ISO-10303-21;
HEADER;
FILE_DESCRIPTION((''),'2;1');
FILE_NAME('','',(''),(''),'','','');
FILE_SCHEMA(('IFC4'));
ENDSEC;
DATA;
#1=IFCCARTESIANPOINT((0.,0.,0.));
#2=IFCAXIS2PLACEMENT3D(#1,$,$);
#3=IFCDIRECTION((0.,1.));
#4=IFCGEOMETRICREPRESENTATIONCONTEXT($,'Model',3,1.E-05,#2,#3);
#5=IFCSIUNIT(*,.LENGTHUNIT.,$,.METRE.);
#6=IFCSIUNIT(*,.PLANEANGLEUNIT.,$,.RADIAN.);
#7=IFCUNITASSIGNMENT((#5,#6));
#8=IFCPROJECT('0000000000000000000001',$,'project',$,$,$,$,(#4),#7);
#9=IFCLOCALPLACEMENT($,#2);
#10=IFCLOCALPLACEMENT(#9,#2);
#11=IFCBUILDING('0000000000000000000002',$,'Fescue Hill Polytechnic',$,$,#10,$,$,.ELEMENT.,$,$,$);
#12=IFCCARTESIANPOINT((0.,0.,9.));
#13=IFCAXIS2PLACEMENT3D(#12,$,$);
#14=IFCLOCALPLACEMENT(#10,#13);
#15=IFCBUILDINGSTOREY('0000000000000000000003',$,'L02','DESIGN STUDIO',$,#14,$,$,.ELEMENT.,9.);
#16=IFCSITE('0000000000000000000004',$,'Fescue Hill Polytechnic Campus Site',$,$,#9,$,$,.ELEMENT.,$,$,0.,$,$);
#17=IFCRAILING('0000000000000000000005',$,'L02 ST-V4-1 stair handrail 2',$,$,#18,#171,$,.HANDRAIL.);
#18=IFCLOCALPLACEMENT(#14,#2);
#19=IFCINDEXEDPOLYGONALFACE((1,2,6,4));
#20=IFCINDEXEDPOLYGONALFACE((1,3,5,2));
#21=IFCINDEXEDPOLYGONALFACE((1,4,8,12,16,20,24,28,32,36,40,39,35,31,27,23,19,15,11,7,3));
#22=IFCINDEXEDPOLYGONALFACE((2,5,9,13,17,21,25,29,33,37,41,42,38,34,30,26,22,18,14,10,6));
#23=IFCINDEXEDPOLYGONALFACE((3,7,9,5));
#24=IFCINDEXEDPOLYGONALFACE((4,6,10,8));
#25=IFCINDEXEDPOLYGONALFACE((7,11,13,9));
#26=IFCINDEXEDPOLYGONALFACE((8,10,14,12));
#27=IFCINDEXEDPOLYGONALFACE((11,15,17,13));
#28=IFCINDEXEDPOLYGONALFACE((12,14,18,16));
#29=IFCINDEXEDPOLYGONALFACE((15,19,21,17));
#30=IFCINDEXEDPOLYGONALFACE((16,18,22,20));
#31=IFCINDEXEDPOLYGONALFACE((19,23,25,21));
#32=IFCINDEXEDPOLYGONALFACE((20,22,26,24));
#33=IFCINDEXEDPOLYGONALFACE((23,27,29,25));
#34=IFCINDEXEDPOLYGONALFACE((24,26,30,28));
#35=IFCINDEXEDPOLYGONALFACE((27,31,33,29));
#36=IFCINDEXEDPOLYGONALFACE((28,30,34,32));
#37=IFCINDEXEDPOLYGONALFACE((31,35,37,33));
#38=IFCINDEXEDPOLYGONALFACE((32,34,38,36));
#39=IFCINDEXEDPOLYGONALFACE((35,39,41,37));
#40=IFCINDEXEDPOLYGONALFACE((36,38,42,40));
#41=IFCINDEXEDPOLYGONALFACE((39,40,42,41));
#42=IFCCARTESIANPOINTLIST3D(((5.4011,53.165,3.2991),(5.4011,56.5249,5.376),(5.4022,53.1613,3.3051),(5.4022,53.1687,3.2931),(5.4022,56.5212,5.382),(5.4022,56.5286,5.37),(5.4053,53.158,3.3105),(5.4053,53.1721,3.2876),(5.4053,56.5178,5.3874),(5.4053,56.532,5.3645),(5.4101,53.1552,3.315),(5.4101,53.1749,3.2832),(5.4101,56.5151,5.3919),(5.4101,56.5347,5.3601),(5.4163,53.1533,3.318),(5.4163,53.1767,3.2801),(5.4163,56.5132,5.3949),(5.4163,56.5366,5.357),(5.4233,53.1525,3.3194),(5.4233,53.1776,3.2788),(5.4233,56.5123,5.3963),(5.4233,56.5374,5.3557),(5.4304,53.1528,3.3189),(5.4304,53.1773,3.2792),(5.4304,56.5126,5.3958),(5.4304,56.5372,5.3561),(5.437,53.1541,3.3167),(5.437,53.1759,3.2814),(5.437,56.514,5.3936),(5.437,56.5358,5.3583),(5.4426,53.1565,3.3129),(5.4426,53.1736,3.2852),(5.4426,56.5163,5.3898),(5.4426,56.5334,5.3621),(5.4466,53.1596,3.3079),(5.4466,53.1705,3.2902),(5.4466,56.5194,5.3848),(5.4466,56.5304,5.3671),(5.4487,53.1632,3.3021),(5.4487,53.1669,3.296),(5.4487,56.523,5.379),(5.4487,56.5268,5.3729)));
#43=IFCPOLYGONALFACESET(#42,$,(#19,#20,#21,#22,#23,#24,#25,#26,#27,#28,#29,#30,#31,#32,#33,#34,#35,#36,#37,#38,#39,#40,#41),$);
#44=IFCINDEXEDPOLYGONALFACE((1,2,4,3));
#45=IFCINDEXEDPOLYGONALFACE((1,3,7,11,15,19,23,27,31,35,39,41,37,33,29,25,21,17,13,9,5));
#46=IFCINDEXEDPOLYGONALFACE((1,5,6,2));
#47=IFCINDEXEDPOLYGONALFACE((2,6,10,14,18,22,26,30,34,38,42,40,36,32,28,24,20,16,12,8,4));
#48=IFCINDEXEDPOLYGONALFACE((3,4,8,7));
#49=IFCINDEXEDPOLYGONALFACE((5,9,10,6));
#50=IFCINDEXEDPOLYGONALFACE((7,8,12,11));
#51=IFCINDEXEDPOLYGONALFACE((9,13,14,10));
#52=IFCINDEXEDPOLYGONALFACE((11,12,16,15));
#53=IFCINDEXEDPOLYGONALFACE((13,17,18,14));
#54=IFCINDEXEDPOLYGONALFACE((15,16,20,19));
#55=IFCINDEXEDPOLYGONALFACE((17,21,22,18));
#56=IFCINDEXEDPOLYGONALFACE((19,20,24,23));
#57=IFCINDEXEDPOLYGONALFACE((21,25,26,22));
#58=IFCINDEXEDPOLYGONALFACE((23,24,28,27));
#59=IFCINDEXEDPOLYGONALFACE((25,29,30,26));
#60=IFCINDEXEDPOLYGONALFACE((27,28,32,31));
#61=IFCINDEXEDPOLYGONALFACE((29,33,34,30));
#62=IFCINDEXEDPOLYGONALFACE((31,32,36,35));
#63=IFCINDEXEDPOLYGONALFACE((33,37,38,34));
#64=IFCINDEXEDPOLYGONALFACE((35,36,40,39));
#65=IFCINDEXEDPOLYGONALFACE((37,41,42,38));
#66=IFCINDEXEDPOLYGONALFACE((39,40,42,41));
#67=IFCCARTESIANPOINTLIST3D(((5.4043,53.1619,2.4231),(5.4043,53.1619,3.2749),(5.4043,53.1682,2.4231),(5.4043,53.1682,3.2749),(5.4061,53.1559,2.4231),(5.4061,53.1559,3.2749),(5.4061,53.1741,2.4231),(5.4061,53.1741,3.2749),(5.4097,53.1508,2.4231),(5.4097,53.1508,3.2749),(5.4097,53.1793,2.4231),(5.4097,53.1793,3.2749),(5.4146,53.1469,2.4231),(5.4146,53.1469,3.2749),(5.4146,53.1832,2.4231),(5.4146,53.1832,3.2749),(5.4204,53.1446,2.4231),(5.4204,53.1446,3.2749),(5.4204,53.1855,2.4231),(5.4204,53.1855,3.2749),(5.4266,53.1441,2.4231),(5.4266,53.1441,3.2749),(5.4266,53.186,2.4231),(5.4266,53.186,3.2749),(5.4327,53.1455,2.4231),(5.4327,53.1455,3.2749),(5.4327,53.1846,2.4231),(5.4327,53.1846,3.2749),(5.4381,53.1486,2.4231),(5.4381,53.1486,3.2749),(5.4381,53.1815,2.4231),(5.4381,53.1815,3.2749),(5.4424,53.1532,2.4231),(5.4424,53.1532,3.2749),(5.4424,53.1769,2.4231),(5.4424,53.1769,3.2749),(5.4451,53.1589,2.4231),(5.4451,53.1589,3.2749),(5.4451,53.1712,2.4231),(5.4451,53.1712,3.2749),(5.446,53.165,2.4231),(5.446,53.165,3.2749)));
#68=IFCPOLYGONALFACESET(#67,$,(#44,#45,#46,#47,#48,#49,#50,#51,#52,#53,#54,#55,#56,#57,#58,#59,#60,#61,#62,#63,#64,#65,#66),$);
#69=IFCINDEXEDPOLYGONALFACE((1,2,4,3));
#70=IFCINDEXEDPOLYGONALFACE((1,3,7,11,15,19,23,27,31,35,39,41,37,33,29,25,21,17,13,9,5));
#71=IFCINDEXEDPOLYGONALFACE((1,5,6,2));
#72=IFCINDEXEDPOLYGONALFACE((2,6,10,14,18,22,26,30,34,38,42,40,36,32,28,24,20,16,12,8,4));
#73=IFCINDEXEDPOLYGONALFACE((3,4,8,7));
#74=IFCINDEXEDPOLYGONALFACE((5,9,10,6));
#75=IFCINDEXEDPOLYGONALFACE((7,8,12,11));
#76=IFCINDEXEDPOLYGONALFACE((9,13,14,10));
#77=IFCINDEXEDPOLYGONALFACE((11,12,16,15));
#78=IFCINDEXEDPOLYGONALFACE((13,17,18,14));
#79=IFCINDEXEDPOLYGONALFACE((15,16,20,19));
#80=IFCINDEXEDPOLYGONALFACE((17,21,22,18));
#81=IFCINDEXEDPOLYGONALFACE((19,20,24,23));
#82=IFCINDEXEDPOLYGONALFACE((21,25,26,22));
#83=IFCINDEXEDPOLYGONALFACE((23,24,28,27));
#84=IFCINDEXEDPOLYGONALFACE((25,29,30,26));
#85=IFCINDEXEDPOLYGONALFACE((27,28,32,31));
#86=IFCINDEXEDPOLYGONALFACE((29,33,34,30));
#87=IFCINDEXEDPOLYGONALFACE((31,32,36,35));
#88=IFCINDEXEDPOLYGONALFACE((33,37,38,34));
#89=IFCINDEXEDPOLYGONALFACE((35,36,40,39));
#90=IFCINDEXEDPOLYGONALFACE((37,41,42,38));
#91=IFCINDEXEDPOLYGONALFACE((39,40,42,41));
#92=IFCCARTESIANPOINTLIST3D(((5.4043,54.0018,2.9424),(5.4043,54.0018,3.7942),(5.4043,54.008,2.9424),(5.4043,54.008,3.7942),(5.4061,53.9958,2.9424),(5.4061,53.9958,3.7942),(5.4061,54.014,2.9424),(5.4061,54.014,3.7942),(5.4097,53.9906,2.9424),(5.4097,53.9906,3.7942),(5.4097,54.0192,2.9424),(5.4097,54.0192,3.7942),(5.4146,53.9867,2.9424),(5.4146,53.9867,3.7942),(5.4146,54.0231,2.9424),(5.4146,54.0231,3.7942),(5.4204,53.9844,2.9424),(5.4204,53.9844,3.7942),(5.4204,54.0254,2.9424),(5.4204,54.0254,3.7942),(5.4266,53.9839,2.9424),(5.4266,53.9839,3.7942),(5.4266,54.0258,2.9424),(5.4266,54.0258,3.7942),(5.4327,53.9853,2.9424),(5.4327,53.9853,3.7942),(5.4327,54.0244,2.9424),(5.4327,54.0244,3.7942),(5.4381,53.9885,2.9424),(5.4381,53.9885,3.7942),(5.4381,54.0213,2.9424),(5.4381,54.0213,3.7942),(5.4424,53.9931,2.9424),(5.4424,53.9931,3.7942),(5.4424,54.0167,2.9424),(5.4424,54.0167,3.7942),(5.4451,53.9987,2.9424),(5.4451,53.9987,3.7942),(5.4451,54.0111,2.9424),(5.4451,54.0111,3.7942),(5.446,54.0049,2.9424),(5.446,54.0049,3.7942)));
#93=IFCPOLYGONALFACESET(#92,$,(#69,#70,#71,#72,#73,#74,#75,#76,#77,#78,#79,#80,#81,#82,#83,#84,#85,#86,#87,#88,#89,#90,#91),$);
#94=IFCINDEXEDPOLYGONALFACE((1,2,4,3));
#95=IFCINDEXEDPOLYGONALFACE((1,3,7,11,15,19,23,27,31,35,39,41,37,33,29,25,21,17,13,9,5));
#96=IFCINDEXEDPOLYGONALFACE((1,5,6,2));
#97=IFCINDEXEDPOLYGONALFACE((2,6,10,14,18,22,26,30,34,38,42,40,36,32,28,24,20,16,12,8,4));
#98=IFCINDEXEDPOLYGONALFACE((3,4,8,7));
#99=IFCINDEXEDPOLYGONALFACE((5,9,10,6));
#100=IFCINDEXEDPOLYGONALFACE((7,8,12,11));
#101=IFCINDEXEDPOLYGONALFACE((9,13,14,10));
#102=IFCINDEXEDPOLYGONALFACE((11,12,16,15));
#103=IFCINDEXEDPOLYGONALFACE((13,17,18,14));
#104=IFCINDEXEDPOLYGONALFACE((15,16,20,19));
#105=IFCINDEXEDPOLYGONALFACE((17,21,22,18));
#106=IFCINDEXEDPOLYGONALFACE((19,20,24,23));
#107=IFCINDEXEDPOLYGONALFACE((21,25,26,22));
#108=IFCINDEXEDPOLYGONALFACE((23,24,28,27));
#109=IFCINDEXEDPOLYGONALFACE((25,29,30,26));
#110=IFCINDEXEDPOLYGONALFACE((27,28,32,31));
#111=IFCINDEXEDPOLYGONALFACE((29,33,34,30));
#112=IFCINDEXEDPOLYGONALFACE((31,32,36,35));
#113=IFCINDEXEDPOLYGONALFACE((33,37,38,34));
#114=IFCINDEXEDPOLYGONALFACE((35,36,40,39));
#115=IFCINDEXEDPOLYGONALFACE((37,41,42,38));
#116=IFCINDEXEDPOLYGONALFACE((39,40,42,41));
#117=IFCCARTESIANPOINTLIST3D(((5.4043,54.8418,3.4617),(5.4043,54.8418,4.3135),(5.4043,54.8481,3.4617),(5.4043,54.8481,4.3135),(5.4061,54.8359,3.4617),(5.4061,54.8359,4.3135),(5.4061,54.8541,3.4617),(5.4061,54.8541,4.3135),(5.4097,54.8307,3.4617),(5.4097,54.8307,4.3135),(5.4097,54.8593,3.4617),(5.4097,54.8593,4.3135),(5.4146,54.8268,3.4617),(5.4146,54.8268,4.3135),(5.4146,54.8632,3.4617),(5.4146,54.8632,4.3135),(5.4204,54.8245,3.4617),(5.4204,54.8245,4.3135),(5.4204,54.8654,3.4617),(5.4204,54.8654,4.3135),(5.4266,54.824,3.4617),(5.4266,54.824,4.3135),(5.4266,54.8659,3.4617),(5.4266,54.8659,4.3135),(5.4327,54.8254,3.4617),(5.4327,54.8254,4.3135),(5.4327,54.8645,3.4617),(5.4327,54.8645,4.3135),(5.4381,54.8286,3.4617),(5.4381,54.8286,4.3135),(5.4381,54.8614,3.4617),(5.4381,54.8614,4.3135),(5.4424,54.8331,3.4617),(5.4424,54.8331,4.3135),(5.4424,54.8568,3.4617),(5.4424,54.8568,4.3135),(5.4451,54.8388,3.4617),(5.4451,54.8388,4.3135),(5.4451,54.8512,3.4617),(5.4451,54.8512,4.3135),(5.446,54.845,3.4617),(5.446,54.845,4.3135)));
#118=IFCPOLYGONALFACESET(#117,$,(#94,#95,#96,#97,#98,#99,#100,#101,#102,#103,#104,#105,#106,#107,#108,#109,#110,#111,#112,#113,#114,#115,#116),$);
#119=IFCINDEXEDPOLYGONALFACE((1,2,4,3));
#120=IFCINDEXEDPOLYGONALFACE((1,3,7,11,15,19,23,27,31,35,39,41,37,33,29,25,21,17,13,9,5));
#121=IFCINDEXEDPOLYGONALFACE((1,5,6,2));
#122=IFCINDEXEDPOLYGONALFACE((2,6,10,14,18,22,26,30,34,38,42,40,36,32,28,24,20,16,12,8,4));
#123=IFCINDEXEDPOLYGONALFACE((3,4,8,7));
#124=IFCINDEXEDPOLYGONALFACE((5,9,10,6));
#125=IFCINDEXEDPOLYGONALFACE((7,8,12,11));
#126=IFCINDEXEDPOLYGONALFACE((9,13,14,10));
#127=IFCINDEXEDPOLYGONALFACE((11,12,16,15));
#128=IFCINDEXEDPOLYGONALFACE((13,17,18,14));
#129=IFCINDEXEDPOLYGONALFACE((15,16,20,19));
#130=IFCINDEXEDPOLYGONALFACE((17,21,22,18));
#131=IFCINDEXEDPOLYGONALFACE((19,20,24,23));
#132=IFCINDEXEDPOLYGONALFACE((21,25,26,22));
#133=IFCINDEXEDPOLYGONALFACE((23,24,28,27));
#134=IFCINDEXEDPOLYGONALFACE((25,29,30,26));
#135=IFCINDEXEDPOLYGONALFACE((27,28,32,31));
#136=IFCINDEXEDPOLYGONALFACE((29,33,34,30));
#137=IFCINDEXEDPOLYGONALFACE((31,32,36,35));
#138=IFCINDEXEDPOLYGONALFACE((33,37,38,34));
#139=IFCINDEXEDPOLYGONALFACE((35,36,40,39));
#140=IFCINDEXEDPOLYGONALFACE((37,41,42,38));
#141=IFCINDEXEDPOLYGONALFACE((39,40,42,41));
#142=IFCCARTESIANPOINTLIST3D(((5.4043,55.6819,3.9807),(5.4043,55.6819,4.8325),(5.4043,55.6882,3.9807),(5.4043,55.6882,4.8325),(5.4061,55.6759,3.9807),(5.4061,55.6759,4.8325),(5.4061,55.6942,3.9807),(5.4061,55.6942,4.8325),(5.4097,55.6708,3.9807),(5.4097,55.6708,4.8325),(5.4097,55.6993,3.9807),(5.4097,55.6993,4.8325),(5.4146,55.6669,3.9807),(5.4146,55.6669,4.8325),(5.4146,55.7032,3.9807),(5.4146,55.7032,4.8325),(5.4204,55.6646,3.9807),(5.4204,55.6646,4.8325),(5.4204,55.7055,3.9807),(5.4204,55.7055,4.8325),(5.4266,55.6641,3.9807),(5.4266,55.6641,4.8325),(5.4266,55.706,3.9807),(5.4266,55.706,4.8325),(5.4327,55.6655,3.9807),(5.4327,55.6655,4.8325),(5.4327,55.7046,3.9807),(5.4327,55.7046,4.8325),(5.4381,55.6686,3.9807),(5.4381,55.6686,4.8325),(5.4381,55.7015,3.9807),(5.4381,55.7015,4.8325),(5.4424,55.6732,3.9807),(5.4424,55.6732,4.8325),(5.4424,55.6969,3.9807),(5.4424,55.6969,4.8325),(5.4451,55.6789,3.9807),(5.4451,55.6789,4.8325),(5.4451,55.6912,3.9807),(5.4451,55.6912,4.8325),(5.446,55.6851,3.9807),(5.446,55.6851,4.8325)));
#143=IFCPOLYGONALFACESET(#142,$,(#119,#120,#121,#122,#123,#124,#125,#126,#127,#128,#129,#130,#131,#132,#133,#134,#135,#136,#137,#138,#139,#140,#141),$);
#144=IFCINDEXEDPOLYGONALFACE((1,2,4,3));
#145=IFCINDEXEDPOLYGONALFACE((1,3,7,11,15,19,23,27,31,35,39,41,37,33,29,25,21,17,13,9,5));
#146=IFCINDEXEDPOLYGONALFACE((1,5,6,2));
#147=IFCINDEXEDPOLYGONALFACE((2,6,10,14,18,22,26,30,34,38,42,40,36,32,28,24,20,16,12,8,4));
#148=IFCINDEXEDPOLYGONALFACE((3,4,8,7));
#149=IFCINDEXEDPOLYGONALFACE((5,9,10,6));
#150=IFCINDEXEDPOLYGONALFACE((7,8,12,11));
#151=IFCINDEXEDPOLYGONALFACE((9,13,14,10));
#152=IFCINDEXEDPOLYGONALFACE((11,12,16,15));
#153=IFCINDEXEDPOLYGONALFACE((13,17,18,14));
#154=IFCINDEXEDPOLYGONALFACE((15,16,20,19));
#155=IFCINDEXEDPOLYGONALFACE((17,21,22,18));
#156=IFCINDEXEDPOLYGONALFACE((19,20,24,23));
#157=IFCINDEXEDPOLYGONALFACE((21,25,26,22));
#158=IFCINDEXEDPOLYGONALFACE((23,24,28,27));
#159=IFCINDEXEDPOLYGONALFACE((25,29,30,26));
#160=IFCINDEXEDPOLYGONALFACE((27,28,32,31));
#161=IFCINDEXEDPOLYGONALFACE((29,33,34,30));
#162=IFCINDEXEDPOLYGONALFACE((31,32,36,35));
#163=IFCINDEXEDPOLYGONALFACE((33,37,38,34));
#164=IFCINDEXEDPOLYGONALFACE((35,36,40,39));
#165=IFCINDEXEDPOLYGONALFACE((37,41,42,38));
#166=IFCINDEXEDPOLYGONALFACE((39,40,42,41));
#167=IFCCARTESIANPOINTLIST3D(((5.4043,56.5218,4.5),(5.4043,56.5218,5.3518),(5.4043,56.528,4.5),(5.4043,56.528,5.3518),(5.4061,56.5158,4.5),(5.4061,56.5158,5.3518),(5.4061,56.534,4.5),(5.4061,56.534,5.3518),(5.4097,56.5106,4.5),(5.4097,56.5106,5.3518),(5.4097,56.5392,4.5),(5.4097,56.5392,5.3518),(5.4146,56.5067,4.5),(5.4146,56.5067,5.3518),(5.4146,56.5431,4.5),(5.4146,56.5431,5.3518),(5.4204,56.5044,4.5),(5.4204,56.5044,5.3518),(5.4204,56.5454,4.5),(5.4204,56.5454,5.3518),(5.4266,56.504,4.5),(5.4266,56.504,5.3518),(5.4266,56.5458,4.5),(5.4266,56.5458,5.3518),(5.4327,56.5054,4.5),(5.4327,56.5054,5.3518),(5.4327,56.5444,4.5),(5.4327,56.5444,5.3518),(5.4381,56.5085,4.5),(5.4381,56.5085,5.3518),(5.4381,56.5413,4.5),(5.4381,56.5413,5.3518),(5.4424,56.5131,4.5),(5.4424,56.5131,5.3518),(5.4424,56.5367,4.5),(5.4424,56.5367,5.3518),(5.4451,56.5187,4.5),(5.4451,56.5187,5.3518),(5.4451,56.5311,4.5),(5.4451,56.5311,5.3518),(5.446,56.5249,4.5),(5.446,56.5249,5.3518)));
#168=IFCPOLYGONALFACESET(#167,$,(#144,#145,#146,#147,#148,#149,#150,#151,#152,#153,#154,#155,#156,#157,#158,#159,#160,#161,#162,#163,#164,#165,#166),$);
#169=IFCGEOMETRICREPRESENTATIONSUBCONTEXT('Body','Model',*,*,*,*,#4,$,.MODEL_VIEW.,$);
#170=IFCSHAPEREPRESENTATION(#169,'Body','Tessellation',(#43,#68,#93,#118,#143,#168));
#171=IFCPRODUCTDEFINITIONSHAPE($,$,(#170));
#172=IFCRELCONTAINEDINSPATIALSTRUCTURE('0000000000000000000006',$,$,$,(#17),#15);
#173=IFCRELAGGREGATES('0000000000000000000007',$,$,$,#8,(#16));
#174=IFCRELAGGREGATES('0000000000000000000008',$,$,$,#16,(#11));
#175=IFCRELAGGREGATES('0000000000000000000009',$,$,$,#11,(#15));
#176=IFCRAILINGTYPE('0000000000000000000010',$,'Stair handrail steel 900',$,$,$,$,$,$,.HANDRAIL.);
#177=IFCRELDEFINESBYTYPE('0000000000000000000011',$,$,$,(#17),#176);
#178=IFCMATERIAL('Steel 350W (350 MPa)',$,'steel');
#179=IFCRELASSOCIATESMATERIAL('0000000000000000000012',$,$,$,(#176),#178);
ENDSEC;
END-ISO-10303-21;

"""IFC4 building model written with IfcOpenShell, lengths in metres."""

from ifc_helpers import new_model, si_unit, direction, frame, origin, origin_2d, place, context, subcontext, project, spatial, circle, extrude, material, type_object, element, save


model = new_model("IFC4")

# Units and contexts
model_context = context("Model", 3, precision=1e-05, world=origin(), true_north=direction((0.0, 1.0)))
body_context = subcontext(model_context, "Body", "Model", "MODEL_VIEW")
ifc_project = project(units=[si_unit("LENGTHUNIT", "METRE"), si_unit("PLANEANGLEUNIT", "RADIAN")], contexts=[model_context])

# Site, building, storey
site_placement = place(None, origin())
site = spatial("IfcSite", under=ifc_project, at=site_placement, Name="Fescue Hill Polytechnic Campus Site", CompositionType="ELEMENT", RefElevation=0.0)
building_placement = place(site_placement, origin())
building = spatial("IfcBuilding", under=site, at=building_placement, Name="Fescue Hill Polytechnic", CompositionType="ELEMENT")
storey_placement = place(building_placement, frame((0.0, 0.0, 9.0)))
storey = spatial("IfcBuildingStorey", under=building, at=storey_placement, Name="L02", Description="DESIGN STUDIO", CompositionType="ELEMENT", Elevation=9.0)

# Railing
ifc_material_1 = material(Name="Steel 350W (350 MPa)", Category="steel")
railing_type_1 = type_object("IfcRailingType", Name="Stair handrail steel 900", PredefinedType="HANDRAIL", material=ifc_material_1)
for number, where, name in (
    (1, (5.425, 53.165, 2.4231), "L02 ST-V4-1 stair handrail 2"),
):
    element("IfcRailing", number, at=place(storey_placement, frame(where)), inside=storey, type_object=railing_type_1, Name=name, PredefinedType="HANDRAIL", context=body_context, shape_type="SweptSolid", body=[
        extrude(circle(Radius=0.0239, at=origin_2d()), frame((0.0, 0.0, 0.876), z_axis=(0.0, 0.850606, 0.525803), x_axis=(-1.0, 0.0, 0.0)), (0.0, 0.0, 1.0), 3.95),
        extrude(circle(Radius=0.021, at=origin_2d()), origin(), (0.0, 0.0, 1.0), 0.8518),
        extrude(circle(Radius=0.021, at=origin_2d()), frame((0.0, 0.8398, 0.5193)), (0.0, 0.0, 1.0), 0.8518),
        extrude(circle(Radius=0.021, at=origin_2d()), frame((0.0, 1.6799, 1.0386)), (0.0, 0.0, 1.0), 0.8518),
        extrude(circle(Radius=0.021, at=origin_2d()), frame((0.0, 2.52, 1.5576)), (0.0, 0.0, 1.0), 0.8518),
        extrude(circle(Radius=0.021, at=origin_2d()), frame((0.0, 3.3599, 2.0769)), (0.0, 0.0, 1.0), 0.8518),
    ])

save(model, "model.ifc")
